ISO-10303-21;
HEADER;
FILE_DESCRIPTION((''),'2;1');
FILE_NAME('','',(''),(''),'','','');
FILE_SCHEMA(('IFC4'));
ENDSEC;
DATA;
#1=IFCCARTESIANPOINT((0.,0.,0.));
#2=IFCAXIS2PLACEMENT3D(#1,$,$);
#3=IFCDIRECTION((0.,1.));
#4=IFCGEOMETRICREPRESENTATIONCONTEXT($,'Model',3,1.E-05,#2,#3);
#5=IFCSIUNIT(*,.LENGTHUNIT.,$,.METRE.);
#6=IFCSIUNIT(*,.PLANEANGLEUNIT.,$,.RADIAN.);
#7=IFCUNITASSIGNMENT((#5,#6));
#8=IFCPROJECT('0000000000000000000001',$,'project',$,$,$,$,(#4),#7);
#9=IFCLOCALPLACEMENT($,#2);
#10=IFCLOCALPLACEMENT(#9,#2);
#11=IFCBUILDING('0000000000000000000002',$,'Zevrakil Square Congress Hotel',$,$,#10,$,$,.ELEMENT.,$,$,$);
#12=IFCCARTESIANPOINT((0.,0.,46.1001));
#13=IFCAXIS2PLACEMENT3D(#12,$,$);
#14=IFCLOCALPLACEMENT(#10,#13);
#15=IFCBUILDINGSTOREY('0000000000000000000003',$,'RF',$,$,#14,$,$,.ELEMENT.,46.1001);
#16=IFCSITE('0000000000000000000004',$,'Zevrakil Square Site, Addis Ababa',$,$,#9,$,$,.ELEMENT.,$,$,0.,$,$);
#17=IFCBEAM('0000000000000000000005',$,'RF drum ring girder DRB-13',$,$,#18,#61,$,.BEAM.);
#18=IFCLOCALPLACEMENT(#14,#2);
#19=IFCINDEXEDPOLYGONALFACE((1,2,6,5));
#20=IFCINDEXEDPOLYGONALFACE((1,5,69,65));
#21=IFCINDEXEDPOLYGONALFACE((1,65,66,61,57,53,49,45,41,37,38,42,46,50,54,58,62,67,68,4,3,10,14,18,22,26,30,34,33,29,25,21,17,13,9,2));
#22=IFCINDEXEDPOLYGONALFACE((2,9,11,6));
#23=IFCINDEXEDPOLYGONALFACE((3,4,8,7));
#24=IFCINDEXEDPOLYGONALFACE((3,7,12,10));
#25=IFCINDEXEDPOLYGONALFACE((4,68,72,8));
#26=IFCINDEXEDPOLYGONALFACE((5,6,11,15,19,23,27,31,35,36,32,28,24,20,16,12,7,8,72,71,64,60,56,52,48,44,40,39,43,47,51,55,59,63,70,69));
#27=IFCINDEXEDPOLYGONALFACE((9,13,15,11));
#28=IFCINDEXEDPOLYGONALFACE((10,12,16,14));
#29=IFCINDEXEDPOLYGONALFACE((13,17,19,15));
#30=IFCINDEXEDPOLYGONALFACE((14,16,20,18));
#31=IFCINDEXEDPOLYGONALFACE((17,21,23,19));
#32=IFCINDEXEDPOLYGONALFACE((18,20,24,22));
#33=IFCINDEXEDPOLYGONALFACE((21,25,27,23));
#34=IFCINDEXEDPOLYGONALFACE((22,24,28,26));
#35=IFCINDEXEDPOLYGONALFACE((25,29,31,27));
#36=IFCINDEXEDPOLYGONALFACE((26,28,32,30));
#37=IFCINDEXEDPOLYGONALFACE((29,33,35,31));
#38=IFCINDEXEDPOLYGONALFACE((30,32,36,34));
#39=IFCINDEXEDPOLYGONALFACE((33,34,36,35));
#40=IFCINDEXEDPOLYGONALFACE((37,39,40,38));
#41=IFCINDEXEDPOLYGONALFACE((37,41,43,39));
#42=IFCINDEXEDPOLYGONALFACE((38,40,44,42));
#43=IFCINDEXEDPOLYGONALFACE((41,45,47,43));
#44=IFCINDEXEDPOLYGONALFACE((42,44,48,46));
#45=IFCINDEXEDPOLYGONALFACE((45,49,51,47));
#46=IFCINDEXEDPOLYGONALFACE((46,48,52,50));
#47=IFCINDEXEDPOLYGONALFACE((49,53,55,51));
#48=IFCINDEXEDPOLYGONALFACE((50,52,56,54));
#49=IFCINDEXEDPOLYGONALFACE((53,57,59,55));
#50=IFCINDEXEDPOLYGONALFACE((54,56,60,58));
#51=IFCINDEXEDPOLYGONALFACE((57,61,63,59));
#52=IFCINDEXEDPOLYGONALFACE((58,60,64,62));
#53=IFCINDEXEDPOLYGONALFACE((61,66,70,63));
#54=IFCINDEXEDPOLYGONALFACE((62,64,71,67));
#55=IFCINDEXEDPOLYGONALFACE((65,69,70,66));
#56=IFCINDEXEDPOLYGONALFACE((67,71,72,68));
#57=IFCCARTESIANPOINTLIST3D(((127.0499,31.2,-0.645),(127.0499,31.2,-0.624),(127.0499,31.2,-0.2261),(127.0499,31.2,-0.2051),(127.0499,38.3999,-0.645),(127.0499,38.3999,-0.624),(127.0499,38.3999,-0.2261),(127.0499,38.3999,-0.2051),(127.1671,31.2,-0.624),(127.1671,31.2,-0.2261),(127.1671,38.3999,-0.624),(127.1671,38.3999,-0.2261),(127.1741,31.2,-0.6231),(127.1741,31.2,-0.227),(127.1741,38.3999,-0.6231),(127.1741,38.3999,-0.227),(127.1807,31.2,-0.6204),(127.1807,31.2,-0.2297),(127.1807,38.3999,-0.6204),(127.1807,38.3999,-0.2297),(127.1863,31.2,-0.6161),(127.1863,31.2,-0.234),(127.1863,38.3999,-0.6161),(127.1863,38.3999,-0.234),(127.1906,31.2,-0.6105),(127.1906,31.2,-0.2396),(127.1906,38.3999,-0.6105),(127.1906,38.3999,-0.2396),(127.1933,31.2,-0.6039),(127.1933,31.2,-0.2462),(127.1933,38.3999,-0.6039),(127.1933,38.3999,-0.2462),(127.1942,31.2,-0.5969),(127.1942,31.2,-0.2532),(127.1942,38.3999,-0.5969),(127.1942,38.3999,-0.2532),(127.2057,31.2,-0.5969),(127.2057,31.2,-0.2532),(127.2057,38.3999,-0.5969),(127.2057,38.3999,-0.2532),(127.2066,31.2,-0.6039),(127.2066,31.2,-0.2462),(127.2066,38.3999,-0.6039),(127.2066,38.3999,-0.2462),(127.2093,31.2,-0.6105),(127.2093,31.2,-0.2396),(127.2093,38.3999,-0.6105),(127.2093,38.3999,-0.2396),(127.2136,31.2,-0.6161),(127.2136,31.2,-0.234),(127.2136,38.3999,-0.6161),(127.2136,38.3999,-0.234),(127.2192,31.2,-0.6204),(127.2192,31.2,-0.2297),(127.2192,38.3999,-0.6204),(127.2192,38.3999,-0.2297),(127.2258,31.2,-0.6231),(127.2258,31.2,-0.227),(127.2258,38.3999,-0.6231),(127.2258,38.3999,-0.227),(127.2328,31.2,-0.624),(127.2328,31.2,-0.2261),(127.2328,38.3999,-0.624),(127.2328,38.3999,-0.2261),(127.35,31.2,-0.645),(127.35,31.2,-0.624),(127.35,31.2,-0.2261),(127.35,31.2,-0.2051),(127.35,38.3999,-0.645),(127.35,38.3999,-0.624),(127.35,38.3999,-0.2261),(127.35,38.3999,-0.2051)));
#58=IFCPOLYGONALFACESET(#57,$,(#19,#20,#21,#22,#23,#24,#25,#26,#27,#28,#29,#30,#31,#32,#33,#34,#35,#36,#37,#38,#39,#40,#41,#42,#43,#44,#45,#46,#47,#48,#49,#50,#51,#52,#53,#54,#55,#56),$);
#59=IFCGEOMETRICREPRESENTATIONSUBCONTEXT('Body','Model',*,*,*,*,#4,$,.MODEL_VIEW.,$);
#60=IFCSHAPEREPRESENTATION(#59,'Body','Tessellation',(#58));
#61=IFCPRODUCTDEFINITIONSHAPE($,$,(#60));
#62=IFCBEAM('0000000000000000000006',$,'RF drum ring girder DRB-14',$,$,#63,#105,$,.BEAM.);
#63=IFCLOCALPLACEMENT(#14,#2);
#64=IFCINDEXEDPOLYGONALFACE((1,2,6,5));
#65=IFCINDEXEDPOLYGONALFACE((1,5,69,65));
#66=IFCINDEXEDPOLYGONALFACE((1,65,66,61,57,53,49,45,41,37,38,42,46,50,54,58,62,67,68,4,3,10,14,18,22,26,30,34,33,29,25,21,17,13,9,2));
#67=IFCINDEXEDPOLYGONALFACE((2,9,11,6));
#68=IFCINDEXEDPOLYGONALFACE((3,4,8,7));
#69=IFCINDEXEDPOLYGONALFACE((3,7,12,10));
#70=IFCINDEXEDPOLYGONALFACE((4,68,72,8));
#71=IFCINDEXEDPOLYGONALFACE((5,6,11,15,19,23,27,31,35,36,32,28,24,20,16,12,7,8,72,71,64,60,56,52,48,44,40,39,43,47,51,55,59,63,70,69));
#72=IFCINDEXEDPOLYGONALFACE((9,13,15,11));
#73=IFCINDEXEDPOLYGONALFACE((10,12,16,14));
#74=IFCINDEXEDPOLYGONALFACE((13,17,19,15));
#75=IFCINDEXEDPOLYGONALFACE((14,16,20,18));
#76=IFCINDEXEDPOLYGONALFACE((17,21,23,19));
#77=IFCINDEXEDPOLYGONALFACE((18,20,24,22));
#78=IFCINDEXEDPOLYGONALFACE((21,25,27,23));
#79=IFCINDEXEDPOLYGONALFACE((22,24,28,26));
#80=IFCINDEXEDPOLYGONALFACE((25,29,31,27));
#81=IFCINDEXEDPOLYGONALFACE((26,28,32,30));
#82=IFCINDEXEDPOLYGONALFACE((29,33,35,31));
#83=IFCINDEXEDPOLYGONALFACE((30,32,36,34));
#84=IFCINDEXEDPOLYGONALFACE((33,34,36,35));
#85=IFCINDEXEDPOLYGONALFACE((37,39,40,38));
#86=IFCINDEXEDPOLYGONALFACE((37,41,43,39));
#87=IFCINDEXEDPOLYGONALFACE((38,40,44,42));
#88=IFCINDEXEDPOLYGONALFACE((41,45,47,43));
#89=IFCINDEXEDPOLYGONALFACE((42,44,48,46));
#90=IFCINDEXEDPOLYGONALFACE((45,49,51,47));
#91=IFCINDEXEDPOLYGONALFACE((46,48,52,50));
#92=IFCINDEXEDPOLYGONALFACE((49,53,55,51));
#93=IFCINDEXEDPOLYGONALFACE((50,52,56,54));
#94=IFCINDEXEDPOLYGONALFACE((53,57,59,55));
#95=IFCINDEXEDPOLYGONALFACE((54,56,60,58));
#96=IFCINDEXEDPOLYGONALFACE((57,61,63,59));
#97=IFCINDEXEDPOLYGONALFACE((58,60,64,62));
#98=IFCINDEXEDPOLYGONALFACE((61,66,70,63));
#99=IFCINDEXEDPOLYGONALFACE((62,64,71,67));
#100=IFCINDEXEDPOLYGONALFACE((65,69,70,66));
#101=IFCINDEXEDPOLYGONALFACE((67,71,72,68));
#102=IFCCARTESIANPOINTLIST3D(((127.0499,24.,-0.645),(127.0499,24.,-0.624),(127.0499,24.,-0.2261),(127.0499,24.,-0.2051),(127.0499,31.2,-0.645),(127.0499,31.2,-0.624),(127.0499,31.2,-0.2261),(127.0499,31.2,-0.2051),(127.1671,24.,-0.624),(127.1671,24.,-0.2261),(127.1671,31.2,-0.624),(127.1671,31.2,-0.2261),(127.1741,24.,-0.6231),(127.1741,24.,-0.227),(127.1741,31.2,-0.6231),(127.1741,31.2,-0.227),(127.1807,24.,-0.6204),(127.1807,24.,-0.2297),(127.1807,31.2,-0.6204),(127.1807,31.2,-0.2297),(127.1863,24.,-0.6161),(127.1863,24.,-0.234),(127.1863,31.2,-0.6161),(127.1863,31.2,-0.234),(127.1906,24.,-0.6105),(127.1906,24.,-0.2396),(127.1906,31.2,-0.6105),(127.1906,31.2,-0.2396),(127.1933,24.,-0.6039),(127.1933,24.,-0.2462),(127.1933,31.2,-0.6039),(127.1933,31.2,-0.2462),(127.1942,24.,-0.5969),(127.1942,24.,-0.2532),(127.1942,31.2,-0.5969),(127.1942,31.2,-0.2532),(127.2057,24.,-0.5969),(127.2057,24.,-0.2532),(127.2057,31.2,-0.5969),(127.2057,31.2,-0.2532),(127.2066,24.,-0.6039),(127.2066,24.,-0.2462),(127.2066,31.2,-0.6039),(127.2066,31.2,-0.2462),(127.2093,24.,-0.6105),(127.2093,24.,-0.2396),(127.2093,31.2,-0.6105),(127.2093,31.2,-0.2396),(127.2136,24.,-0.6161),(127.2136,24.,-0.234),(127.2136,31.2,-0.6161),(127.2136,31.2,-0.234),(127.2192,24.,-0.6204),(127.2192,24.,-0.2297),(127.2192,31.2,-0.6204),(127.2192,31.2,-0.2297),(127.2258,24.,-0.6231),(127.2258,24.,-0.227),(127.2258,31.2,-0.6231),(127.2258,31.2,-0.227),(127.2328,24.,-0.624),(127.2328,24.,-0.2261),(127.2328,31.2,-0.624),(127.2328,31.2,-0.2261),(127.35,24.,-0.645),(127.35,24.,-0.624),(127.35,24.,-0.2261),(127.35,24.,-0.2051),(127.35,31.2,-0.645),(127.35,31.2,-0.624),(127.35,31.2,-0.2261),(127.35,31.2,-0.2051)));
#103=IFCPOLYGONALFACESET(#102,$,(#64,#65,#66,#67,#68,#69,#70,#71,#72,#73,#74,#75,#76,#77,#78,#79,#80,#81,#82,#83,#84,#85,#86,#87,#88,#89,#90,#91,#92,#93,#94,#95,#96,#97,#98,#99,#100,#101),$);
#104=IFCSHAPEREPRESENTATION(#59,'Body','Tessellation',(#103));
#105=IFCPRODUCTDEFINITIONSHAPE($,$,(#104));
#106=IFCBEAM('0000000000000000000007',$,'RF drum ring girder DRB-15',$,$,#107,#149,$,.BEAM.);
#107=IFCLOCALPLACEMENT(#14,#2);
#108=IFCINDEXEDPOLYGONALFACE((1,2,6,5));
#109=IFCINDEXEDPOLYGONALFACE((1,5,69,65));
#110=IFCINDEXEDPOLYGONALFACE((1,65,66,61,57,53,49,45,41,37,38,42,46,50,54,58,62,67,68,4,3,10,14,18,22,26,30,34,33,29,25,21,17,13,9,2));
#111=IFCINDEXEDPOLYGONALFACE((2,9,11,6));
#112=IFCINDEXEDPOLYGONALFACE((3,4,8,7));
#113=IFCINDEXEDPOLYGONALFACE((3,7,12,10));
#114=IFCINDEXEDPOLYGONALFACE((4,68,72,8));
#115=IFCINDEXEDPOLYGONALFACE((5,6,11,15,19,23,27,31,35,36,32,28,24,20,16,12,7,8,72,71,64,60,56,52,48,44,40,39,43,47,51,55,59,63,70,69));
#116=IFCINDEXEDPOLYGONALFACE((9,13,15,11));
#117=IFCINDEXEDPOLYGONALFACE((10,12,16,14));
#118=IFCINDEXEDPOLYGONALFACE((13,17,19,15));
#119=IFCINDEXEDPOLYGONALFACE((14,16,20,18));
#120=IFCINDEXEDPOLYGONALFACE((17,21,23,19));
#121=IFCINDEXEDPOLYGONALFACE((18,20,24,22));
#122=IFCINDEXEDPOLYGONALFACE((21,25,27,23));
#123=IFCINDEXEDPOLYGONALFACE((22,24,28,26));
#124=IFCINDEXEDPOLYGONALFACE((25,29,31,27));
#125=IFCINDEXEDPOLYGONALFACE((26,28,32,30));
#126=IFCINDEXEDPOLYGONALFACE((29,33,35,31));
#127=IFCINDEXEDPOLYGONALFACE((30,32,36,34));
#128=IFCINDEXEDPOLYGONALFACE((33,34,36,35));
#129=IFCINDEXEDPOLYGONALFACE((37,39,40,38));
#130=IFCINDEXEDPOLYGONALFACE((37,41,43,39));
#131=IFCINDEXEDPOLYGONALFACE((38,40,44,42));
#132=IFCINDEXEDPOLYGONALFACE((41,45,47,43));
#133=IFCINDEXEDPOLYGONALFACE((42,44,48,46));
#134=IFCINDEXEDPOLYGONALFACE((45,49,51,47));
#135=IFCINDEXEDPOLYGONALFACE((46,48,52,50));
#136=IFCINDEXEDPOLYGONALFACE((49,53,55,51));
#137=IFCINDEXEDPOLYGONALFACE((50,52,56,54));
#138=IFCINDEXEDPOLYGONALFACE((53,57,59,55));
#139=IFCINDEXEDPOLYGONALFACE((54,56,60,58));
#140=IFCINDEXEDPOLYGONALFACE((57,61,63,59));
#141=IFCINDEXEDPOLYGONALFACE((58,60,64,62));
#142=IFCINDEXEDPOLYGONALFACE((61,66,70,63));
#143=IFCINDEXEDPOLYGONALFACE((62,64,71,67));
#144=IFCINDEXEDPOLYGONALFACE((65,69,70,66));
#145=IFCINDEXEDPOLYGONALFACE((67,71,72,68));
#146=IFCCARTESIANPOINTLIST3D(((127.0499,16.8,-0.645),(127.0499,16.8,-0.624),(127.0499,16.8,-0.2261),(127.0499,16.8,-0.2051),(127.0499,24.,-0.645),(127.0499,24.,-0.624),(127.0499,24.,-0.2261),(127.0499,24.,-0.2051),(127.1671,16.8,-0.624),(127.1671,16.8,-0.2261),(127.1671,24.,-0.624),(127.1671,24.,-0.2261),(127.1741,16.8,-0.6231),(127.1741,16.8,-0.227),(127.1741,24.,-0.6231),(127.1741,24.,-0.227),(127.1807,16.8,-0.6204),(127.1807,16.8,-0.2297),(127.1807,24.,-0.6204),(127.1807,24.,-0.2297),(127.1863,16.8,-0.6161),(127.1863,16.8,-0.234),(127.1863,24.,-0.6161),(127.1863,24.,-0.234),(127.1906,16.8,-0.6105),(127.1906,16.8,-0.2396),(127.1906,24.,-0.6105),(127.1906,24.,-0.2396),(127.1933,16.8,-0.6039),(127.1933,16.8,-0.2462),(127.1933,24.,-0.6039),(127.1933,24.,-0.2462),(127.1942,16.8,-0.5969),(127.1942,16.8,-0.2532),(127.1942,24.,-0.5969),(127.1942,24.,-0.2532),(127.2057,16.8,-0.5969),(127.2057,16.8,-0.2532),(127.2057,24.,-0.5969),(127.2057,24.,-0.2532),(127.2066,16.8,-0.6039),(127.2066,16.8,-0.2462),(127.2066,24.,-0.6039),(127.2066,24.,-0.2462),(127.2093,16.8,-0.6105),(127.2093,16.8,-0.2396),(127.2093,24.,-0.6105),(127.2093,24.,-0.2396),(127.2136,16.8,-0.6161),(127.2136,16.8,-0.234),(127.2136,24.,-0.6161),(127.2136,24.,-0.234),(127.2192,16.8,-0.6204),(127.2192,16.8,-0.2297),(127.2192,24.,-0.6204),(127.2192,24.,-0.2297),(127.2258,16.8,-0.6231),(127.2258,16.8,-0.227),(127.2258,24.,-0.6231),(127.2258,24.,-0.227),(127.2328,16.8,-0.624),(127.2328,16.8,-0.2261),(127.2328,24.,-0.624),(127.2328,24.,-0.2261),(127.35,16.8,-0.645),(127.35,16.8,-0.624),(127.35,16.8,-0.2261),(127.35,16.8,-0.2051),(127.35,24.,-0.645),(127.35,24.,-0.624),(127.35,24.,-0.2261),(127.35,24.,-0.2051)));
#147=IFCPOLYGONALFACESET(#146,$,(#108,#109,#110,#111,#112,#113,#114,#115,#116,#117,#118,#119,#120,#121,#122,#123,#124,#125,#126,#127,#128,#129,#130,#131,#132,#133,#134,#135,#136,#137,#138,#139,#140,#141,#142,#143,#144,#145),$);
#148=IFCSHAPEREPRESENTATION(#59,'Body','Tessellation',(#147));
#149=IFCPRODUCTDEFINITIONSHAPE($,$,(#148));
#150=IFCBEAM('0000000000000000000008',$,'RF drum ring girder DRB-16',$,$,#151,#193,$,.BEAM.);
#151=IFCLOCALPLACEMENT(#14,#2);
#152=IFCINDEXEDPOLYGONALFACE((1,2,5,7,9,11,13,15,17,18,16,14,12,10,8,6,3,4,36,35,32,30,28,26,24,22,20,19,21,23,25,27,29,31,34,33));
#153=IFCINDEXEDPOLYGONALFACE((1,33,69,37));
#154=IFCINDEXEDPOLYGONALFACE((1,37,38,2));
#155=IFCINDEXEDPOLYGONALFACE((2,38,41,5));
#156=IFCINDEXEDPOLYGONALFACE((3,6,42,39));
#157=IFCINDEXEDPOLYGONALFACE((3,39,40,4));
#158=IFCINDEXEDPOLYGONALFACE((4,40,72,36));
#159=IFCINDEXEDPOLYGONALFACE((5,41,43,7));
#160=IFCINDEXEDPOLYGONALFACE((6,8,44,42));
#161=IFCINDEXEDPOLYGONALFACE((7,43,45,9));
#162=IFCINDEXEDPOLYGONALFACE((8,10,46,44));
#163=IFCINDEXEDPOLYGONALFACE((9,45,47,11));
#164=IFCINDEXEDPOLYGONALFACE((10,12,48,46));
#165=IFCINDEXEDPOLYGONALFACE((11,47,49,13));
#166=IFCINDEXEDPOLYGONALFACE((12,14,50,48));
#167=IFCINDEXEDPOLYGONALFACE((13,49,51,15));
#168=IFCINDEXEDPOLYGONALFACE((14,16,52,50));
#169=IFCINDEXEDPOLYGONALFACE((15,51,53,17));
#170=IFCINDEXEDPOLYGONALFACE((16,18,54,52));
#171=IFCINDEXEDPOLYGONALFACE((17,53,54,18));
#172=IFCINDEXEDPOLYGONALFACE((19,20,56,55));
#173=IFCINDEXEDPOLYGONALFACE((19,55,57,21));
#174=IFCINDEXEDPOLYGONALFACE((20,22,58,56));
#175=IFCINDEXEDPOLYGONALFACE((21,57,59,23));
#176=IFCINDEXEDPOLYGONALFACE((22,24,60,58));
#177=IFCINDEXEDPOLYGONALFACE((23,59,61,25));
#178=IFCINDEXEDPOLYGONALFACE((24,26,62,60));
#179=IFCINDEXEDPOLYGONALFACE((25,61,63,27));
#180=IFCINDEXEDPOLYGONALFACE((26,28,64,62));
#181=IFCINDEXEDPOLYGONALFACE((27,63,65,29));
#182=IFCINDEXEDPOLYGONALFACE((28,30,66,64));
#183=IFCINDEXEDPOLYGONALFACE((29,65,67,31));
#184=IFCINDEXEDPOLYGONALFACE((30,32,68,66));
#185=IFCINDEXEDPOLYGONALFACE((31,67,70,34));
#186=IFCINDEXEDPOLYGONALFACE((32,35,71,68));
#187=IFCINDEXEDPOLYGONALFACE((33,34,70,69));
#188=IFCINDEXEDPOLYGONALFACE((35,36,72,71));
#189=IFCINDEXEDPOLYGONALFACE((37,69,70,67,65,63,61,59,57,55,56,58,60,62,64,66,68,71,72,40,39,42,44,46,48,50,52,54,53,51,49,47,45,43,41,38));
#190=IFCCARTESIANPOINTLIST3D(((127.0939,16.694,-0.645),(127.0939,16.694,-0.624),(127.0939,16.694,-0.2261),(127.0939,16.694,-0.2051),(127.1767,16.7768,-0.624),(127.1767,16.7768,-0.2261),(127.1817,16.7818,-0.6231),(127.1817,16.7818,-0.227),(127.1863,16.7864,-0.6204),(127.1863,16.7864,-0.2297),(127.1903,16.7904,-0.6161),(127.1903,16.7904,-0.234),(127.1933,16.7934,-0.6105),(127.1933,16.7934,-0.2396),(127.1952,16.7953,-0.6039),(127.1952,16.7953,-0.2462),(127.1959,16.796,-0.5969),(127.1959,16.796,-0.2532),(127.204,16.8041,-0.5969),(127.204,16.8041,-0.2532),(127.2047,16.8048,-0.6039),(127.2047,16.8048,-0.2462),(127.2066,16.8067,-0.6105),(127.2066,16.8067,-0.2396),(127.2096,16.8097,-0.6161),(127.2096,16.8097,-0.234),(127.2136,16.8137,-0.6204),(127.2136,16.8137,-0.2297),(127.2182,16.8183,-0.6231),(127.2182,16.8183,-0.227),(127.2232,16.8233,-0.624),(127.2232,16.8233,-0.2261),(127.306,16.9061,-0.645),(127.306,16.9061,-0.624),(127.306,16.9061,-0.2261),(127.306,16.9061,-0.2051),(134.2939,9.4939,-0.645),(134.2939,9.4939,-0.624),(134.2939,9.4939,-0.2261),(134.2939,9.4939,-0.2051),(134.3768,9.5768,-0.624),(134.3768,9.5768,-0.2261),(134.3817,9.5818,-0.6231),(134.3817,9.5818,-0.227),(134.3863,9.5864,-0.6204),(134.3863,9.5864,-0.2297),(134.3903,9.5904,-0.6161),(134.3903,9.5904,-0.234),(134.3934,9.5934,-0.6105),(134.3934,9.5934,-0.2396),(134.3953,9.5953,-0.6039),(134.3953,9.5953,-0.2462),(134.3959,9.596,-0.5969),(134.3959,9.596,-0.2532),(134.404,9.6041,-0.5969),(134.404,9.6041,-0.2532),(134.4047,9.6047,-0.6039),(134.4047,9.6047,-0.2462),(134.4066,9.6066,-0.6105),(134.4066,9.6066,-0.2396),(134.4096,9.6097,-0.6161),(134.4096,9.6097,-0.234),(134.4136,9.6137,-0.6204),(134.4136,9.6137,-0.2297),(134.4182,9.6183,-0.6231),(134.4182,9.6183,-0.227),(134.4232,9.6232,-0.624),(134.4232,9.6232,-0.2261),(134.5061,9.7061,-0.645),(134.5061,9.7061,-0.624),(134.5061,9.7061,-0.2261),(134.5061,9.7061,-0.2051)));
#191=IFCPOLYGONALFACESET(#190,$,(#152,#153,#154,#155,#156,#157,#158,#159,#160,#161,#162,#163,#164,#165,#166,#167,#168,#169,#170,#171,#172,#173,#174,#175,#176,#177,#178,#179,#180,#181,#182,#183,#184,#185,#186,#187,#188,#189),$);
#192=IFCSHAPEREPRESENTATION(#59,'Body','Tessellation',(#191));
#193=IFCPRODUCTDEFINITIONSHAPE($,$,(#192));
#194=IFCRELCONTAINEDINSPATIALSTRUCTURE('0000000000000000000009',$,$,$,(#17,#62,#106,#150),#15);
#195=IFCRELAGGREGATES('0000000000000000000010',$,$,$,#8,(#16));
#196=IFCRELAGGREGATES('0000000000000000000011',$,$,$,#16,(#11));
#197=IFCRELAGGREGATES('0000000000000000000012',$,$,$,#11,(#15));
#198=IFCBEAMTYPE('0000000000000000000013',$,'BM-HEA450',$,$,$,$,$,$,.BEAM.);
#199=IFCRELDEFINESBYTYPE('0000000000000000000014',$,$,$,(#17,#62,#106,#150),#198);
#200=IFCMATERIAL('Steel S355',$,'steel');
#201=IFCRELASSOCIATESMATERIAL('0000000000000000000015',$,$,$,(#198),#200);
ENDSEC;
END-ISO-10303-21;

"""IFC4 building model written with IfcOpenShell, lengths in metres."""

from ifc_helpers import new_model, si_unit, direction, frame, origin, origin_2d, place, context, subcontext, project, spatial, i_section, extrude, material, material_profile, profile_set, type_object, element, save


model = new_model("IFC4")

# Units and contexts
model_context = context("Model", 3, precision=1e-05, world=origin(), true_north=direction((0.0, 1.0)))
body_context = subcontext(model_context, "Body", "Model", "MODEL_VIEW")
ifc_project = project(units=[si_unit("LENGTHUNIT", "METRE"), si_unit("PLANEANGLEUNIT", "RADIAN")], contexts=[model_context])

# Site, building, storey
site_placement = place(None, origin())
site = spatial("IfcSite", under=ifc_project, at=site_placement, Name="Zevrakil Square Site, Addis Ababa", CompositionType="ELEMENT", RefElevation=0.0)
building_placement = place(site_placement, origin())
building = spatial("IfcBuilding", under=site, at=building_placement, Name="Zevrakil Square Congress Hotel", CompositionType="ELEMENT")
storey_placement = place(building_placement, frame((0.0, 0.0, 46.1001)))
storey = spatial("IfcBuildingStorey", under=building, at=storey_placement, Name="RF", CompositionType="ELEMENT", Elevation=46.1001)

# Beams
ifc_material_1 = material(Name="Steel S355", Category="steel")
ifc_material_profile_1 = material_profile(ifc_material_1, i_section(OverallWidth=0.3, OverallDepth=0.4399, WebThickness=0.0115, FlangeThickness=0.021, FilletRadius=0.0271, at=origin_2d()), Name="HEA 450")
ifc_profile_set_1 = profile_set([ifc_material_profile_1], Name="Steel S355")
beam_type_1 = type_object("IfcBeamType", Name="BM-HEA450", PredefinedType="BEAM", material=ifc_profile_set_1)
for number, where, z_axis, x_axis, name in (
    (1, (127.2, 38.3999, -0.425), (0.0, -1.0, 0.0), (1.0, 0.0, 0.0), "RF drum ring girder DRB-13"),
    (2, (127.2, 31.2, -0.425), (0.0, -1.0, 0.0), (1.0, 0.0, 0.0), "RF drum ring girder DRB-14"),
    (3, (127.2, 24.0, -0.425), (0.0, -1.0, 0.0), (1.0, 0.0, 0.0), "RF drum ring girder DRB-15"),
):
    element("IfcBeam", number, at=place(storey_placement, frame(where, z_axis=z_axis, x_axis=x_axis)), inside=storey, type_object=beam_type_1, Name=name, PredefinedType="BEAM", context=body_context, shape_type="SweptSolid", body=[
        extrude(i_section(OverallWidth=0.3, OverallDepth=0.4399, WebThickness=0.0115, FlangeThickness=0.021, FilletRadius=0.0271, at=origin_2d()), origin(), (0.0, 0.0, 1.0), 7.2),
    ])
beam_1_placement = place(storey_placement, frame((127.2, 16.8, -0.425), z_axis=(0.707107, -0.707107, 0.0), x_axis=(0.707107, 0.707107, 0.0)))
element("IfcBeam", 4, at=beam_1_placement, inside=storey, type_object=beam_type_1, Name="RF drum ring girder DRB-16", PredefinedType="BEAM", context=body_context, shape_type="SweptSolid", body=[
    extrude(i_section(OverallWidth=0.3, OverallDepth=0.4399, WebThickness=0.0115, FlangeThickness=0.021, FilletRadius=0.0271, at=origin_2d()), origin(), (0.0, 0.0, 1.0), 10.1824),
])

save(model, "model.ifc")
